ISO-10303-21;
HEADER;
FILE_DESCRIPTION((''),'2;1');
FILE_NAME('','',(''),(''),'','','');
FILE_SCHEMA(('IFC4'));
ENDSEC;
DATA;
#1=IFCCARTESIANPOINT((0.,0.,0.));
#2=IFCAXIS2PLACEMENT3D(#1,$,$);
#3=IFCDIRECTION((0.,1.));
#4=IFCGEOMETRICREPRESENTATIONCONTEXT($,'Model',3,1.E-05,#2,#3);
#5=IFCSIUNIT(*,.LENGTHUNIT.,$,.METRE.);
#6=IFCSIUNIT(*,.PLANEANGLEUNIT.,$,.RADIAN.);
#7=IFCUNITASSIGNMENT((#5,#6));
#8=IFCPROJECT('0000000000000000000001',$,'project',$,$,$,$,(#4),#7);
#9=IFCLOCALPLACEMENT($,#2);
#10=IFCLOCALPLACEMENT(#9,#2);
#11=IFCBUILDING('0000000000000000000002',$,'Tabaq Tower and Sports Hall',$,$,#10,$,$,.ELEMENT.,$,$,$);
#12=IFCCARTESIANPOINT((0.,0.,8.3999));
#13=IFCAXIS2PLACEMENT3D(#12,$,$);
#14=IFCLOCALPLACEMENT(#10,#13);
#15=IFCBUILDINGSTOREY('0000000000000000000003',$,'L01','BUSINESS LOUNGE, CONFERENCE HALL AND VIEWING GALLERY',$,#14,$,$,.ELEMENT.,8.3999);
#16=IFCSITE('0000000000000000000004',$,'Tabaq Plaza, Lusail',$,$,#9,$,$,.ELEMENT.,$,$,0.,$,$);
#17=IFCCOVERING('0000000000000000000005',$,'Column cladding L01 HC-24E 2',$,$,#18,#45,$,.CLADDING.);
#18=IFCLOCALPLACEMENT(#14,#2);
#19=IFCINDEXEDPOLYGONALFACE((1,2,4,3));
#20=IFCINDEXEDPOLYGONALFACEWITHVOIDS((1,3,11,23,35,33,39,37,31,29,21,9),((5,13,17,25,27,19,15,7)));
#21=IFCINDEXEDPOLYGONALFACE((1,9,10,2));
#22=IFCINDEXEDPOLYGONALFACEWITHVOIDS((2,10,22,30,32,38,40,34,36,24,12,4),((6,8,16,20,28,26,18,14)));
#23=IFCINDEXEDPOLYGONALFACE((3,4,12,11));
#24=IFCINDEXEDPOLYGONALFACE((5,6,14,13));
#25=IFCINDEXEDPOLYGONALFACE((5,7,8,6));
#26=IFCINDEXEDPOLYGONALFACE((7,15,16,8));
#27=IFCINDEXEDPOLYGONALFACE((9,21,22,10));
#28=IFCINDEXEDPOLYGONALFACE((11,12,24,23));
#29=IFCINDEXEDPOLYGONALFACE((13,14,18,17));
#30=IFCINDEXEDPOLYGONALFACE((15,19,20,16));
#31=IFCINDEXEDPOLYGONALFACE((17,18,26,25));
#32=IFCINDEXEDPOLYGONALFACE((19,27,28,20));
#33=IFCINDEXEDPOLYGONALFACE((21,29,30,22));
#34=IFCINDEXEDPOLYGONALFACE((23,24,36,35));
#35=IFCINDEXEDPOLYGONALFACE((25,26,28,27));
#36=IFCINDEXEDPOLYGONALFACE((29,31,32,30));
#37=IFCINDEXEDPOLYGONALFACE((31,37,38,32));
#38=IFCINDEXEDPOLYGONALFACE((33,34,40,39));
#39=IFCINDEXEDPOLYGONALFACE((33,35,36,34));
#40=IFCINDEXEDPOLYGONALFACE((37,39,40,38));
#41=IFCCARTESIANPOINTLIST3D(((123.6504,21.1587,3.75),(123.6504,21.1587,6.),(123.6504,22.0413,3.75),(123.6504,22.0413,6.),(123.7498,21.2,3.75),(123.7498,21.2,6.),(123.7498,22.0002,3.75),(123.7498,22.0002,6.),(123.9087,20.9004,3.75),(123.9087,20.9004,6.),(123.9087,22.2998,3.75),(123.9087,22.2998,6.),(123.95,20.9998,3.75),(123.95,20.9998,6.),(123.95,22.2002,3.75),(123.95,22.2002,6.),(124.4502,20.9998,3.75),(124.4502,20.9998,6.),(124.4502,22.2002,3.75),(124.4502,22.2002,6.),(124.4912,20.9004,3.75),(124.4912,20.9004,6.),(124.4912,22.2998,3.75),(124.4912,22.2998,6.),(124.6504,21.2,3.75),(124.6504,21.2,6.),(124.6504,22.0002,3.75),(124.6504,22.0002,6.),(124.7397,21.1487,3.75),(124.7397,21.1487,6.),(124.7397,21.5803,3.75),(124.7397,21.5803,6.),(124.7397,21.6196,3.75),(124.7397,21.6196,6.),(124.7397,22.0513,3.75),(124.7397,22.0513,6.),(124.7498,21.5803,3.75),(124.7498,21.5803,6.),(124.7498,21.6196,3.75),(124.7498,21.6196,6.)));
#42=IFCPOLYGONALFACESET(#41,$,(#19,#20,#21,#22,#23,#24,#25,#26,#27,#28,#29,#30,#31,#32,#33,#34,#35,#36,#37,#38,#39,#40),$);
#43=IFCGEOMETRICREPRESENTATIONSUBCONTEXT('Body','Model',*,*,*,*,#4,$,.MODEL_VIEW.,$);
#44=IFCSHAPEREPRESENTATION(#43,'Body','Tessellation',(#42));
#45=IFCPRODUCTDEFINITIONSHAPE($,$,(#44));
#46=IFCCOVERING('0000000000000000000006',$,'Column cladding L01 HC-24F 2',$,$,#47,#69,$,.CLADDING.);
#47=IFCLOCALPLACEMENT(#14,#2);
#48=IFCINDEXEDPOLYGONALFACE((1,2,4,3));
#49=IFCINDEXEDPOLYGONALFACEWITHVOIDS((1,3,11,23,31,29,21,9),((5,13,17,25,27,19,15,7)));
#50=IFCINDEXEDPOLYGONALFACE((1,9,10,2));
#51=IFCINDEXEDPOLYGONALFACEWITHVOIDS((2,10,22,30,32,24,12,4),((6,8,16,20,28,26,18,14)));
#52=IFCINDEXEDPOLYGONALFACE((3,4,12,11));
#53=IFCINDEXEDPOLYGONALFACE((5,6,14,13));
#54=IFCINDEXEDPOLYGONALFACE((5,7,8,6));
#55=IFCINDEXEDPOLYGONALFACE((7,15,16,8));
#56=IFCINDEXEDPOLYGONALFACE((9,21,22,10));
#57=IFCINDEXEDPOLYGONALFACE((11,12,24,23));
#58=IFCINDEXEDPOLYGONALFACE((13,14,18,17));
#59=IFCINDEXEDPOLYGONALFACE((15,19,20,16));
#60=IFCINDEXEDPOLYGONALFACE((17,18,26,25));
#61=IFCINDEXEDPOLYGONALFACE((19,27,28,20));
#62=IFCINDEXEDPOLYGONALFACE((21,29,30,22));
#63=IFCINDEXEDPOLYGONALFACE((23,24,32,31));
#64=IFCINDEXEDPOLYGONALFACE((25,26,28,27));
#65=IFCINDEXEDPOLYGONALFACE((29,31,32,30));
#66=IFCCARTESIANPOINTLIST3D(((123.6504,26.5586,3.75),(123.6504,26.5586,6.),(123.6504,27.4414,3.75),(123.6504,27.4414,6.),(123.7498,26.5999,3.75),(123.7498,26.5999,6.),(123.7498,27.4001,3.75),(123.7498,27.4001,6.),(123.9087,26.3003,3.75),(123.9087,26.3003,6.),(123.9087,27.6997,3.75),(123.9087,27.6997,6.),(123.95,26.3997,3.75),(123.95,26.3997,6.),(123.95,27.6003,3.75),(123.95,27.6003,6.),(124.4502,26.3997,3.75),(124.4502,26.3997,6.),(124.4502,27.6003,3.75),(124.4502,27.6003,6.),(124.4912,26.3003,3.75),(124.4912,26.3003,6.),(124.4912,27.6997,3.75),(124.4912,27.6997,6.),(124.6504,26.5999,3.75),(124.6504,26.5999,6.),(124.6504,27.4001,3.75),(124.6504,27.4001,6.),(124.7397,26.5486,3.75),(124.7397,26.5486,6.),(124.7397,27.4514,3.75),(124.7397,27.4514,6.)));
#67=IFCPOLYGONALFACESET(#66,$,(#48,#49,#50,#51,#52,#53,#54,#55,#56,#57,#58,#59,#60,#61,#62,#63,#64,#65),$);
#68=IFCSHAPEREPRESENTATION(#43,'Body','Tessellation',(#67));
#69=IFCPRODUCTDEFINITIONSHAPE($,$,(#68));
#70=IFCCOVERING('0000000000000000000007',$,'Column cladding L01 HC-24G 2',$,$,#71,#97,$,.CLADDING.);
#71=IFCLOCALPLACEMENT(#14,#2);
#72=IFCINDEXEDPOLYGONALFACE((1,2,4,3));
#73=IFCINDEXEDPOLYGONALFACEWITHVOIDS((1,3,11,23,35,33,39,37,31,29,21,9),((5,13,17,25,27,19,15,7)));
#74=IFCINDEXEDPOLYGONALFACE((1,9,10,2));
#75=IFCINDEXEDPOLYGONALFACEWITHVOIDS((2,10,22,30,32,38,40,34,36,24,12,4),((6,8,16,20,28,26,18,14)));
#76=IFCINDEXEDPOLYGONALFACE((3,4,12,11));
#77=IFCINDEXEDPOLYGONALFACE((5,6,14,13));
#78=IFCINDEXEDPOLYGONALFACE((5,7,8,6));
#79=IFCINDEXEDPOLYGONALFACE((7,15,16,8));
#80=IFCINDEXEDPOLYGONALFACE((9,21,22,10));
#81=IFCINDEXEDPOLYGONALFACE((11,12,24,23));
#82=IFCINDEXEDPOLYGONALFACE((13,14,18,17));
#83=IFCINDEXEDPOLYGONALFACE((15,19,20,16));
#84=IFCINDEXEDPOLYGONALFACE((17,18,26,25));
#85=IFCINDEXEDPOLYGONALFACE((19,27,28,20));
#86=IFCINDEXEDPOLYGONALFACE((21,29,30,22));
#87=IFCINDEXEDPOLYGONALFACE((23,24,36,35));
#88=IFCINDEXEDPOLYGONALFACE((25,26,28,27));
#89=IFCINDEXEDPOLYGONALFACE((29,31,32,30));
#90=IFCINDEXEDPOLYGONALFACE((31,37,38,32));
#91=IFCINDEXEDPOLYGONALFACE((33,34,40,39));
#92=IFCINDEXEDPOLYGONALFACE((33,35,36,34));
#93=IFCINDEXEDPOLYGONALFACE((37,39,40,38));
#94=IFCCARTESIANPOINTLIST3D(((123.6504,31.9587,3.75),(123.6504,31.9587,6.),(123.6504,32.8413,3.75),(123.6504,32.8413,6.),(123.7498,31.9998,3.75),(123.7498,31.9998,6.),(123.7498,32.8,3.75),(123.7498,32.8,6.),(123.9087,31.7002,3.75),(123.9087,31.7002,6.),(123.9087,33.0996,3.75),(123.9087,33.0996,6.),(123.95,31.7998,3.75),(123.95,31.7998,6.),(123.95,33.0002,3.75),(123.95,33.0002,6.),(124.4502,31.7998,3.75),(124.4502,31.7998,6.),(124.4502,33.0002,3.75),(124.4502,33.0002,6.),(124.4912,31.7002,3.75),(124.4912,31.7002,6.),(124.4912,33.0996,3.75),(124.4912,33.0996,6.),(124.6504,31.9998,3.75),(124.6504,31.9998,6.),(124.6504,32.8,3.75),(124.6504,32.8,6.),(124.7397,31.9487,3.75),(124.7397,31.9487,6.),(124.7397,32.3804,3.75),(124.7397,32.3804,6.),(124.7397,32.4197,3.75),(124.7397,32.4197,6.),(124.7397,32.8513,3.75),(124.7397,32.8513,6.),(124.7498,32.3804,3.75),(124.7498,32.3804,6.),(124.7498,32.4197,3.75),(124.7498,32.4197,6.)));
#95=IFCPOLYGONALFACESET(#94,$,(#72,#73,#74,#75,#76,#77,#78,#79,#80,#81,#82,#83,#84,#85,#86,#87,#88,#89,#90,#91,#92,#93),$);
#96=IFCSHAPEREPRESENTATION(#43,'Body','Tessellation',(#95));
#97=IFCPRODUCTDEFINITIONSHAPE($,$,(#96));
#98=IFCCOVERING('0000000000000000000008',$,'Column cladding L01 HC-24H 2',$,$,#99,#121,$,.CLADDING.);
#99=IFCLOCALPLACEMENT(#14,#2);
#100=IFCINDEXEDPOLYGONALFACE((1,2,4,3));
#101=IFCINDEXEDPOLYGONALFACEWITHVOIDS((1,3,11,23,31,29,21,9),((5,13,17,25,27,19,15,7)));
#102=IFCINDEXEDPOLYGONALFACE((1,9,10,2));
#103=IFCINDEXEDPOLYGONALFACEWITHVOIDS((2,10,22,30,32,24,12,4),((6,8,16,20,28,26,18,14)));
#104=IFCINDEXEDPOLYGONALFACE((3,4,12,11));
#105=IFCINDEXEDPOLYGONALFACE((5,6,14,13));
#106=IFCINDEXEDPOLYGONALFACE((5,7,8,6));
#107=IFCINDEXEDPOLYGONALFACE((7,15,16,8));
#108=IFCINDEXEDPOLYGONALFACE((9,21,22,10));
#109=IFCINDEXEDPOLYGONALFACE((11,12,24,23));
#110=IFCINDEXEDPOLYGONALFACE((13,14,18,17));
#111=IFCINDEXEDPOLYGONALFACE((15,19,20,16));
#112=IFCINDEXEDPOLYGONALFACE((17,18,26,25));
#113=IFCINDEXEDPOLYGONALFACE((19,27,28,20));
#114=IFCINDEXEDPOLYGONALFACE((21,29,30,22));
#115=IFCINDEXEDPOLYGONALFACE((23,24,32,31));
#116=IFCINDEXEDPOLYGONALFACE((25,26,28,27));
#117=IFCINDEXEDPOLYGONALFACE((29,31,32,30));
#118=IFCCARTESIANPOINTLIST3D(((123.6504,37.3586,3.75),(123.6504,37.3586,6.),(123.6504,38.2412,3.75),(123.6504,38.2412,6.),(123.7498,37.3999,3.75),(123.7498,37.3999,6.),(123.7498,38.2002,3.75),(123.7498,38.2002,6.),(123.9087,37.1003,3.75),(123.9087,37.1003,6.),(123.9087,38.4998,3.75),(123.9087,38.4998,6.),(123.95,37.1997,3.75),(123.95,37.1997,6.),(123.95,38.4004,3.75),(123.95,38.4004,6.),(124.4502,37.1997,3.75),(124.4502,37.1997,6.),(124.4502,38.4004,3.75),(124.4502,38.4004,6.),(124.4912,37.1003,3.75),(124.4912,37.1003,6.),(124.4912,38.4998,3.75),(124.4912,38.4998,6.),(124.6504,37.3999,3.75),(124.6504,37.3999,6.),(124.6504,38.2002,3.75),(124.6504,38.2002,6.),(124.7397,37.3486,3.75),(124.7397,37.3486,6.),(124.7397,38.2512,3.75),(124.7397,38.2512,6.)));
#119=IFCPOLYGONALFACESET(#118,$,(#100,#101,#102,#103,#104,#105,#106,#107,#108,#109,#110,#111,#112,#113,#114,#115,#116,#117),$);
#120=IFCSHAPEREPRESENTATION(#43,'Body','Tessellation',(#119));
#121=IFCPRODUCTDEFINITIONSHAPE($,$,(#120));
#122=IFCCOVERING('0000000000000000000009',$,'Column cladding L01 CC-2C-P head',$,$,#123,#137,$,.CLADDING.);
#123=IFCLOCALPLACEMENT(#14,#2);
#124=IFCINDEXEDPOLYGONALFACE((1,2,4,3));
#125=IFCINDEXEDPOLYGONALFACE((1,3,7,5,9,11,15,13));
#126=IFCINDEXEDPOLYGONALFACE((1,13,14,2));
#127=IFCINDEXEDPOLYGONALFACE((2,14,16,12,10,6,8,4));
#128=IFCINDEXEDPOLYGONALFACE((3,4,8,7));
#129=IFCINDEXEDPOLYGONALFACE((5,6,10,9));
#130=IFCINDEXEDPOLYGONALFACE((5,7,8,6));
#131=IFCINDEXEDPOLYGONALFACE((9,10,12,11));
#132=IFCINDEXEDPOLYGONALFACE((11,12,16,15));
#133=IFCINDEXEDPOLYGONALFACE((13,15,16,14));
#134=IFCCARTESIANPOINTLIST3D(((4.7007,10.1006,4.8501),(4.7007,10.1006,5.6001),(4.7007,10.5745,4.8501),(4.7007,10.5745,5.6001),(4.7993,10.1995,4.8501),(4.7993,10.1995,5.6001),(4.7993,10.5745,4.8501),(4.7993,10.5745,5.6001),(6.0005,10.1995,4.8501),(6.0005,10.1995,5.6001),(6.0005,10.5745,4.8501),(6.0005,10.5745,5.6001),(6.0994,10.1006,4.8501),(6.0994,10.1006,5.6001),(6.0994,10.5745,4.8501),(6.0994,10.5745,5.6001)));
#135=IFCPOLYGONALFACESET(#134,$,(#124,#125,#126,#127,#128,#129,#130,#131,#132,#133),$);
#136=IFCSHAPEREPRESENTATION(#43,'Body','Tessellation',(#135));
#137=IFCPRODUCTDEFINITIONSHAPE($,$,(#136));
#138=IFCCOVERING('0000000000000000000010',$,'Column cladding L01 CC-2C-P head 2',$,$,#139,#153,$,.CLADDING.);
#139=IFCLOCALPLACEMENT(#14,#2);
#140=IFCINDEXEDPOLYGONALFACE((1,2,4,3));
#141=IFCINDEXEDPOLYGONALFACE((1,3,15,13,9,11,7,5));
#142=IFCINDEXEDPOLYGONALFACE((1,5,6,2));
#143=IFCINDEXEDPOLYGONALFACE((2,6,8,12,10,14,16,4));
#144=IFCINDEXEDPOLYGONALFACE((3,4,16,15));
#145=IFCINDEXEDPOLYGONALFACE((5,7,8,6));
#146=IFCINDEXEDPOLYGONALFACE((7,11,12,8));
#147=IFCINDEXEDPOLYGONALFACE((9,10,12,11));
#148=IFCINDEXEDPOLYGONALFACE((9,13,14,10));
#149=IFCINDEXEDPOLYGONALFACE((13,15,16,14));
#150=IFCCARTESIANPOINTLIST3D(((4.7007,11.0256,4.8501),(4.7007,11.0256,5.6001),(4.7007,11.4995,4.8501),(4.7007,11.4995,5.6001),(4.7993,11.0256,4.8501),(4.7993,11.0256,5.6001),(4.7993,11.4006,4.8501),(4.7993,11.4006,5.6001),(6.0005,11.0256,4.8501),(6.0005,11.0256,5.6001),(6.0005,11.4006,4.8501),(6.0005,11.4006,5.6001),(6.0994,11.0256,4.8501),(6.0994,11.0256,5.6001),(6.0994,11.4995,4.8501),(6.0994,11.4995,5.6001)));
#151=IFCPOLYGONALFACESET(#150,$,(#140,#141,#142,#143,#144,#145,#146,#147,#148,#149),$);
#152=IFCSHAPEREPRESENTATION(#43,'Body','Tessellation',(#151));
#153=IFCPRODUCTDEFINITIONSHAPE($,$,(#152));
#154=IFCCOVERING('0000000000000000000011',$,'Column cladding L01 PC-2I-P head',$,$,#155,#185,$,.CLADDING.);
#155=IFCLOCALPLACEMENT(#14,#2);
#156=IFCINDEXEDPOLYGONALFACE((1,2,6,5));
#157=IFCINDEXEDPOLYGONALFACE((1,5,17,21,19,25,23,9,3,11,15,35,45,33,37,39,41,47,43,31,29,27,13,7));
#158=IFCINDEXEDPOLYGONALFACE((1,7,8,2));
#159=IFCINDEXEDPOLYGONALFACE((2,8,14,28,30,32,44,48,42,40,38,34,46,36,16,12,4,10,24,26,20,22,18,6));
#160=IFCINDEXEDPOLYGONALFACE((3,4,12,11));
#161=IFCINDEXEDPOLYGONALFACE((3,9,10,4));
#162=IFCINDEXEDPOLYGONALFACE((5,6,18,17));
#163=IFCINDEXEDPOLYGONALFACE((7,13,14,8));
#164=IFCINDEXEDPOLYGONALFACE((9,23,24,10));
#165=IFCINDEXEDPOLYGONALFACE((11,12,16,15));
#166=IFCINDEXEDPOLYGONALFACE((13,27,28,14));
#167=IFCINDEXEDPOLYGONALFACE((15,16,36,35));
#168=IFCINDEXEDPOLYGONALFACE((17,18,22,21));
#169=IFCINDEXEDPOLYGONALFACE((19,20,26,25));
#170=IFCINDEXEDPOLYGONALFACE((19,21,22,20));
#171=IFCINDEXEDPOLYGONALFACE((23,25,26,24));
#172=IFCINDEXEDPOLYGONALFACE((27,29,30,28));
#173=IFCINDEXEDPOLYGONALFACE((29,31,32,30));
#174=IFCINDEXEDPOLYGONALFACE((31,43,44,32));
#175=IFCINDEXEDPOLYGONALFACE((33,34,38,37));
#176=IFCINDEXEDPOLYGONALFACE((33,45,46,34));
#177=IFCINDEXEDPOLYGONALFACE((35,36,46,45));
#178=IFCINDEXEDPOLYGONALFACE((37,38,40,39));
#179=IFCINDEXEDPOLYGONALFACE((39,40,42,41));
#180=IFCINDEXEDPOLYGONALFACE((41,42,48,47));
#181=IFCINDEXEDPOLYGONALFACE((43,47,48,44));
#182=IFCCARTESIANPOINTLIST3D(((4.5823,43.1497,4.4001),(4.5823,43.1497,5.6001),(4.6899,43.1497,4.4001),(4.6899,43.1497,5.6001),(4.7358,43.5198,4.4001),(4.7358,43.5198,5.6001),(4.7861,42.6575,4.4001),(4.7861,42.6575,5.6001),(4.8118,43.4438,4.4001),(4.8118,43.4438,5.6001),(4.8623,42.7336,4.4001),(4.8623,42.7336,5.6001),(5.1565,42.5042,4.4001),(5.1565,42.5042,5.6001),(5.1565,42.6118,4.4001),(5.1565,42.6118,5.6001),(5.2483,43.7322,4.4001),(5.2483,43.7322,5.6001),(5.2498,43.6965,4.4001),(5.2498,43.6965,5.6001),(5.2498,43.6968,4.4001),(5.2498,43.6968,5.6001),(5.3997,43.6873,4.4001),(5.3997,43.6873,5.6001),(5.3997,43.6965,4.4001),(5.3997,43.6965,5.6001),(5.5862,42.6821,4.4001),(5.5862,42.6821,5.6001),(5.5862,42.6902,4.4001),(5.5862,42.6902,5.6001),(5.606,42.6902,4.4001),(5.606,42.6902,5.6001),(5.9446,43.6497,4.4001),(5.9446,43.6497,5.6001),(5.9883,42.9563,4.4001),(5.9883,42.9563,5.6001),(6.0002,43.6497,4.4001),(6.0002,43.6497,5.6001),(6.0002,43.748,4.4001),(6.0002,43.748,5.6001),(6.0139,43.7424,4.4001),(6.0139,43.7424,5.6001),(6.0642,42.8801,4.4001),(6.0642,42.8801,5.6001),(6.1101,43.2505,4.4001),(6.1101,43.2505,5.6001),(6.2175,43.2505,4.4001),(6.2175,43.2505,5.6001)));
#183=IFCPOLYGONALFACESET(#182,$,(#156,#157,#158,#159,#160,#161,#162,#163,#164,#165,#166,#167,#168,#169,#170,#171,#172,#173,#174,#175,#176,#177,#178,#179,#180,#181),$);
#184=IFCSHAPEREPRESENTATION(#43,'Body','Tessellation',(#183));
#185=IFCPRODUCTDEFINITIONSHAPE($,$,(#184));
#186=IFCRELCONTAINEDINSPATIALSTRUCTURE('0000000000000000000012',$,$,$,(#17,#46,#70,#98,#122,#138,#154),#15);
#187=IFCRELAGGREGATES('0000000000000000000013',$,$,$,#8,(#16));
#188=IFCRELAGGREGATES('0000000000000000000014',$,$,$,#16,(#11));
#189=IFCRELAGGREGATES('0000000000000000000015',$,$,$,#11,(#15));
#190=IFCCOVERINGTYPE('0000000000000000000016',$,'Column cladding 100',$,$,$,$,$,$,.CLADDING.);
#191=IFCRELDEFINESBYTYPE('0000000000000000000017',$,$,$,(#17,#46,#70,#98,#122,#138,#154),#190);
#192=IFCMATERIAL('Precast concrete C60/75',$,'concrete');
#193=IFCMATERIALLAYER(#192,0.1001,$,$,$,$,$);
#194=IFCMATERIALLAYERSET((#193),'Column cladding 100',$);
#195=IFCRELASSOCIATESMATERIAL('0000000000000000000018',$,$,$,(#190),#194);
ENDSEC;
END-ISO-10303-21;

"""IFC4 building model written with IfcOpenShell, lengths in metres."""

from ifc_helpers import new_model, si_unit, direction, frame, origin, place, context, subcontext, project, spatial, polyline, outline, extrude, material, layer, layer_set, type_object, element, save


model = new_model("IFC4")

# Units and contexts
model_context = context("Model", 3, precision=1e-05, world=origin(), true_north=direction((0.0, 1.0)))
body_context = subcontext(model_context, "Body", "Model", "MODEL_VIEW")
ifc_project = project(units=[si_unit("LENGTHUNIT", "METRE"), si_unit("PLANEANGLEUNIT", "RADIAN")], contexts=[model_context])

# Site, building, storey
site_placement = place(None, origin())
site = spatial("IfcSite", under=ifc_project, at=site_placement, Name="Tabaq Plaza, Lusail", CompositionType="ELEMENT", RefElevation=0.0)
building_placement = place(site_placement, origin())
building = spatial("IfcBuilding", under=site, at=building_placement, Name="Tabaq Tower and Sports Hall", CompositionType="ELEMENT")
storey_placement = place(building_placement, frame((0.0, 0.0, 8.3999)))
storey = spatial("IfcBuildingStorey", under=building, at=storey_placement, Name="L01", Description="BUSINESS LOUNGE, CONFERENCE HALL AND VIEWING GALLERY", CompositionType="ELEMENT", Elevation=8.3999)

# Coverings
ifc_material_1 = material(Name="Precast concrete C60/75", Category="concrete")
ifc_layer_1 = layer(ifc_material_1, 0.1001)
ifc_layer_set_1 = layer_set([ifc_layer_1], Name="Column cladding 100")
covering_type = type_object("IfcCoveringType", Name="Column cladding 100", PredefinedType="CLADDING", material=ifc_layer_set_1)
covering_1_placement = place(storey_placement, frame((0.0, 0.0, 3.75)))
element("IfcCovering", 1, at=covering_1_placement, inside=storey, type_object=covering_type, Name="Column cladding L01 HC-24E 2", PredefinedType="CLADDING", context=body_context, shape_type="SweptSolid", body=[
    extrude(outline(polyline([(123.9087, 20.9004), (123.6504, 21.1587), (123.6504, 22.0413), (123.9087, 22.2998), (124.4912, 22.2998), (124.7397, 22.0513), (124.7397, 21.6196), (124.7498, 21.6196), (124.7498, 21.5803), (124.7397, 21.5803), (124.7397, 21.1487), (124.4912, 20.9004), (123.9087, 20.9004)]), holes=[polyline([(124.4502, 22.2002), (123.95, 22.2002), (123.7498, 22.0002), (123.7498, 21.2), (123.95, 20.9998), (124.4502, 20.9998), (124.6504, 21.2), (124.6504, 22.0002), (124.4502, 22.2002)])]), origin(), (0.0, 0.0, 1.0), 2.25),
])
covering_2_placement = place(storey_placement, frame((0.0, 0.0, 3.75)))
element("IfcCovering", 2, at=covering_2_placement, inside=storey, type_object=covering_type, Name="Column cladding L01 HC-24F 2", PredefinedType="CLADDING", context=body_context, shape_type="SweptSolid", body=[
    extrude(outline(polyline([(123.9087, 26.3003), (123.6504, 26.5586), (123.6504, 27.4414), (123.9087, 27.6997), (124.4912, 27.6997), (124.7397, 27.4514), (124.7397, 26.5486), (124.4912, 26.3003), (123.9087, 26.3003)]), holes=[polyline([(124.4502, 27.6003), (123.95, 27.6003), (123.7498, 27.4001), (123.7498, 26.5999), (123.95, 26.3997), (124.4502, 26.3997), (124.6504, 26.5999), (124.6504, 27.4001), (124.4502, 27.6003)])]), origin(), (0.0, 0.0, 1.0), 2.25),
])
covering_3_placement = place(storey_placement, frame((0.0, 0.0, 3.75)))
element("IfcCovering", 3, at=covering_3_placement, inside=storey, type_object=covering_type, Name="Column cladding L01 HC-24G 2", PredefinedType="CLADDING", context=body_context, shape_type="SweptSolid", body=[
    extrude(outline(polyline([(123.9087, 31.7002), (123.6504, 31.9587), (123.6504, 32.8413), (123.9087, 33.0996), (124.4912, 33.0996), (124.7397, 32.8513), (124.7397, 32.4197), (124.7498, 32.4197), (124.7498, 32.3804), (124.7397, 32.3804), (124.7397, 31.9487), (124.4912, 31.7002), (123.9087, 31.7002)]), holes=[polyline([(124.4502, 33.0002), (123.95, 33.0002), (123.7498, 32.8), (123.7498, 31.9998), (123.95, 31.7998), (124.4502, 31.7998), (124.6504, 31.9998), (124.6504, 32.8), (124.4502, 33.0002)])]), origin(), (0.0, 0.0, 1.0), 2.25),
])
covering_4_placement = place(storey_placement, frame((0.0, 0.0, 3.75)))
element("IfcCovering", 4, at=covering_4_placement, inside=storey, type_object=covering_type, Name="Column cladding L01 HC-24H 2", PredefinedType="CLADDING", context=body_context, shape_type="SweptSolid", body=[
    extrude(outline(polyline([(123.9087, 37.1003), (123.6504, 37.3586), (123.6504, 38.2412), (123.9087, 38.4998), (124.4912, 38.4998), (124.7397, 38.2512), (124.7397, 37.3486), (124.4912, 37.1003), (123.9087, 37.1003)]), holes=[polyline([(124.4502, 38.4004), (123.95, 38.4004), (123.7498, 38.2002), (123.7498, 37.3999), (123.95, 37.1997), (124.4502, 37.1997), (124.6504, 37.3999), (124.6504, 38.2002), (124.4502, 38.4004)])]), origin(), (0.0, 0.0, 1.0), 2.25),
])
covering_5_placement = place(storey_placement, frame((0.0, 0.0, 4.8501)))
element("IfcCovering", 5, at=covering_5_placement, inside=storey, type_object=covering_type, Name="Column cladding L01 CC-2C-P head", PredefinedType="CLADDING", context=body_context, shape_type="SweptSolid", body=[
    extrude(outline(polyline([(4.7993, 10.5745), (4.7993, 10.1995), (6.0005, 10.1995), (6.0005, 10.5745), (6.0994, 10.5745), (6.0994, 10.1006), (4.7007, 10.1006), (4.7007, 10.5745), (4.7993, 10.5745)])), origin(), (0.0, 0.0, 1.0), 0.75),
])
covering_6_placement = place(storey_placement, frame((0.0, 0.0, 4.8501)))
element("IfcCovering", 6, at=covering_6_placement, inside=storey, type_object=covering_type, Name="Column cladding L01 CC-2C-P head 2", PredefinedType="CLADDING", context=body_context, shape_type="SweptSolid", body=[
    extrude(outline(polyline([(4.7993, 11.0256), (4.7007, 11.0256), (4.7007, 11.4995), (6.0994, 11.4995), (6.0994, 11.0256), (6.0005, 11.0256), (6.0005, 11.4006), (4.7993, 11.4006), (4.7993, 11.0256)])), origin(), (0.0, 0.0, 1.0), 0.75),
])
covering_7_placement = place(storey_placement, frame((0.0, 0.0, 4.4001)))
element("IfcCovering", 7, at=covering_7_placement, inside=storey, type_object=covering_type, Name="Column cladding L01 PC-2I-P head", PredefinedType="CLADDING", context=body_context, shape_type="SweptSolid", body=[
    extrude(outline(polyline([(4.7358, 43.5198), (5.2483, 43.7322), (5.2498, 43.6968), (5.2498, 43.6965), (5.3997, 43.6965), (5.3997, 43.6873), (4.8118, 43.4438), (4.6899, 43.1497), (4.8623, 42.7336), (5.1565, 42.6118), (5.9883, 42.9563), (6.1101, 43.2505), (5.9446, 43.6497), (6.0002, 43.6497), (6.0002, 43.748), (6.0139, 43.7424), (6.2175, 43.2505), (6.0642, 42.8801), (5.606, 42.6902), (5.5862, 42.6902), (5.5862, 42.6821), (5.1565, 42.5042), (4.7861, 42.6575), (4.5823, 43.1497), (4.7358, 43.5198)])), origin(), (0.0, 0.0, 1.0), 1.2),
])

save(model, "model.ifc")
